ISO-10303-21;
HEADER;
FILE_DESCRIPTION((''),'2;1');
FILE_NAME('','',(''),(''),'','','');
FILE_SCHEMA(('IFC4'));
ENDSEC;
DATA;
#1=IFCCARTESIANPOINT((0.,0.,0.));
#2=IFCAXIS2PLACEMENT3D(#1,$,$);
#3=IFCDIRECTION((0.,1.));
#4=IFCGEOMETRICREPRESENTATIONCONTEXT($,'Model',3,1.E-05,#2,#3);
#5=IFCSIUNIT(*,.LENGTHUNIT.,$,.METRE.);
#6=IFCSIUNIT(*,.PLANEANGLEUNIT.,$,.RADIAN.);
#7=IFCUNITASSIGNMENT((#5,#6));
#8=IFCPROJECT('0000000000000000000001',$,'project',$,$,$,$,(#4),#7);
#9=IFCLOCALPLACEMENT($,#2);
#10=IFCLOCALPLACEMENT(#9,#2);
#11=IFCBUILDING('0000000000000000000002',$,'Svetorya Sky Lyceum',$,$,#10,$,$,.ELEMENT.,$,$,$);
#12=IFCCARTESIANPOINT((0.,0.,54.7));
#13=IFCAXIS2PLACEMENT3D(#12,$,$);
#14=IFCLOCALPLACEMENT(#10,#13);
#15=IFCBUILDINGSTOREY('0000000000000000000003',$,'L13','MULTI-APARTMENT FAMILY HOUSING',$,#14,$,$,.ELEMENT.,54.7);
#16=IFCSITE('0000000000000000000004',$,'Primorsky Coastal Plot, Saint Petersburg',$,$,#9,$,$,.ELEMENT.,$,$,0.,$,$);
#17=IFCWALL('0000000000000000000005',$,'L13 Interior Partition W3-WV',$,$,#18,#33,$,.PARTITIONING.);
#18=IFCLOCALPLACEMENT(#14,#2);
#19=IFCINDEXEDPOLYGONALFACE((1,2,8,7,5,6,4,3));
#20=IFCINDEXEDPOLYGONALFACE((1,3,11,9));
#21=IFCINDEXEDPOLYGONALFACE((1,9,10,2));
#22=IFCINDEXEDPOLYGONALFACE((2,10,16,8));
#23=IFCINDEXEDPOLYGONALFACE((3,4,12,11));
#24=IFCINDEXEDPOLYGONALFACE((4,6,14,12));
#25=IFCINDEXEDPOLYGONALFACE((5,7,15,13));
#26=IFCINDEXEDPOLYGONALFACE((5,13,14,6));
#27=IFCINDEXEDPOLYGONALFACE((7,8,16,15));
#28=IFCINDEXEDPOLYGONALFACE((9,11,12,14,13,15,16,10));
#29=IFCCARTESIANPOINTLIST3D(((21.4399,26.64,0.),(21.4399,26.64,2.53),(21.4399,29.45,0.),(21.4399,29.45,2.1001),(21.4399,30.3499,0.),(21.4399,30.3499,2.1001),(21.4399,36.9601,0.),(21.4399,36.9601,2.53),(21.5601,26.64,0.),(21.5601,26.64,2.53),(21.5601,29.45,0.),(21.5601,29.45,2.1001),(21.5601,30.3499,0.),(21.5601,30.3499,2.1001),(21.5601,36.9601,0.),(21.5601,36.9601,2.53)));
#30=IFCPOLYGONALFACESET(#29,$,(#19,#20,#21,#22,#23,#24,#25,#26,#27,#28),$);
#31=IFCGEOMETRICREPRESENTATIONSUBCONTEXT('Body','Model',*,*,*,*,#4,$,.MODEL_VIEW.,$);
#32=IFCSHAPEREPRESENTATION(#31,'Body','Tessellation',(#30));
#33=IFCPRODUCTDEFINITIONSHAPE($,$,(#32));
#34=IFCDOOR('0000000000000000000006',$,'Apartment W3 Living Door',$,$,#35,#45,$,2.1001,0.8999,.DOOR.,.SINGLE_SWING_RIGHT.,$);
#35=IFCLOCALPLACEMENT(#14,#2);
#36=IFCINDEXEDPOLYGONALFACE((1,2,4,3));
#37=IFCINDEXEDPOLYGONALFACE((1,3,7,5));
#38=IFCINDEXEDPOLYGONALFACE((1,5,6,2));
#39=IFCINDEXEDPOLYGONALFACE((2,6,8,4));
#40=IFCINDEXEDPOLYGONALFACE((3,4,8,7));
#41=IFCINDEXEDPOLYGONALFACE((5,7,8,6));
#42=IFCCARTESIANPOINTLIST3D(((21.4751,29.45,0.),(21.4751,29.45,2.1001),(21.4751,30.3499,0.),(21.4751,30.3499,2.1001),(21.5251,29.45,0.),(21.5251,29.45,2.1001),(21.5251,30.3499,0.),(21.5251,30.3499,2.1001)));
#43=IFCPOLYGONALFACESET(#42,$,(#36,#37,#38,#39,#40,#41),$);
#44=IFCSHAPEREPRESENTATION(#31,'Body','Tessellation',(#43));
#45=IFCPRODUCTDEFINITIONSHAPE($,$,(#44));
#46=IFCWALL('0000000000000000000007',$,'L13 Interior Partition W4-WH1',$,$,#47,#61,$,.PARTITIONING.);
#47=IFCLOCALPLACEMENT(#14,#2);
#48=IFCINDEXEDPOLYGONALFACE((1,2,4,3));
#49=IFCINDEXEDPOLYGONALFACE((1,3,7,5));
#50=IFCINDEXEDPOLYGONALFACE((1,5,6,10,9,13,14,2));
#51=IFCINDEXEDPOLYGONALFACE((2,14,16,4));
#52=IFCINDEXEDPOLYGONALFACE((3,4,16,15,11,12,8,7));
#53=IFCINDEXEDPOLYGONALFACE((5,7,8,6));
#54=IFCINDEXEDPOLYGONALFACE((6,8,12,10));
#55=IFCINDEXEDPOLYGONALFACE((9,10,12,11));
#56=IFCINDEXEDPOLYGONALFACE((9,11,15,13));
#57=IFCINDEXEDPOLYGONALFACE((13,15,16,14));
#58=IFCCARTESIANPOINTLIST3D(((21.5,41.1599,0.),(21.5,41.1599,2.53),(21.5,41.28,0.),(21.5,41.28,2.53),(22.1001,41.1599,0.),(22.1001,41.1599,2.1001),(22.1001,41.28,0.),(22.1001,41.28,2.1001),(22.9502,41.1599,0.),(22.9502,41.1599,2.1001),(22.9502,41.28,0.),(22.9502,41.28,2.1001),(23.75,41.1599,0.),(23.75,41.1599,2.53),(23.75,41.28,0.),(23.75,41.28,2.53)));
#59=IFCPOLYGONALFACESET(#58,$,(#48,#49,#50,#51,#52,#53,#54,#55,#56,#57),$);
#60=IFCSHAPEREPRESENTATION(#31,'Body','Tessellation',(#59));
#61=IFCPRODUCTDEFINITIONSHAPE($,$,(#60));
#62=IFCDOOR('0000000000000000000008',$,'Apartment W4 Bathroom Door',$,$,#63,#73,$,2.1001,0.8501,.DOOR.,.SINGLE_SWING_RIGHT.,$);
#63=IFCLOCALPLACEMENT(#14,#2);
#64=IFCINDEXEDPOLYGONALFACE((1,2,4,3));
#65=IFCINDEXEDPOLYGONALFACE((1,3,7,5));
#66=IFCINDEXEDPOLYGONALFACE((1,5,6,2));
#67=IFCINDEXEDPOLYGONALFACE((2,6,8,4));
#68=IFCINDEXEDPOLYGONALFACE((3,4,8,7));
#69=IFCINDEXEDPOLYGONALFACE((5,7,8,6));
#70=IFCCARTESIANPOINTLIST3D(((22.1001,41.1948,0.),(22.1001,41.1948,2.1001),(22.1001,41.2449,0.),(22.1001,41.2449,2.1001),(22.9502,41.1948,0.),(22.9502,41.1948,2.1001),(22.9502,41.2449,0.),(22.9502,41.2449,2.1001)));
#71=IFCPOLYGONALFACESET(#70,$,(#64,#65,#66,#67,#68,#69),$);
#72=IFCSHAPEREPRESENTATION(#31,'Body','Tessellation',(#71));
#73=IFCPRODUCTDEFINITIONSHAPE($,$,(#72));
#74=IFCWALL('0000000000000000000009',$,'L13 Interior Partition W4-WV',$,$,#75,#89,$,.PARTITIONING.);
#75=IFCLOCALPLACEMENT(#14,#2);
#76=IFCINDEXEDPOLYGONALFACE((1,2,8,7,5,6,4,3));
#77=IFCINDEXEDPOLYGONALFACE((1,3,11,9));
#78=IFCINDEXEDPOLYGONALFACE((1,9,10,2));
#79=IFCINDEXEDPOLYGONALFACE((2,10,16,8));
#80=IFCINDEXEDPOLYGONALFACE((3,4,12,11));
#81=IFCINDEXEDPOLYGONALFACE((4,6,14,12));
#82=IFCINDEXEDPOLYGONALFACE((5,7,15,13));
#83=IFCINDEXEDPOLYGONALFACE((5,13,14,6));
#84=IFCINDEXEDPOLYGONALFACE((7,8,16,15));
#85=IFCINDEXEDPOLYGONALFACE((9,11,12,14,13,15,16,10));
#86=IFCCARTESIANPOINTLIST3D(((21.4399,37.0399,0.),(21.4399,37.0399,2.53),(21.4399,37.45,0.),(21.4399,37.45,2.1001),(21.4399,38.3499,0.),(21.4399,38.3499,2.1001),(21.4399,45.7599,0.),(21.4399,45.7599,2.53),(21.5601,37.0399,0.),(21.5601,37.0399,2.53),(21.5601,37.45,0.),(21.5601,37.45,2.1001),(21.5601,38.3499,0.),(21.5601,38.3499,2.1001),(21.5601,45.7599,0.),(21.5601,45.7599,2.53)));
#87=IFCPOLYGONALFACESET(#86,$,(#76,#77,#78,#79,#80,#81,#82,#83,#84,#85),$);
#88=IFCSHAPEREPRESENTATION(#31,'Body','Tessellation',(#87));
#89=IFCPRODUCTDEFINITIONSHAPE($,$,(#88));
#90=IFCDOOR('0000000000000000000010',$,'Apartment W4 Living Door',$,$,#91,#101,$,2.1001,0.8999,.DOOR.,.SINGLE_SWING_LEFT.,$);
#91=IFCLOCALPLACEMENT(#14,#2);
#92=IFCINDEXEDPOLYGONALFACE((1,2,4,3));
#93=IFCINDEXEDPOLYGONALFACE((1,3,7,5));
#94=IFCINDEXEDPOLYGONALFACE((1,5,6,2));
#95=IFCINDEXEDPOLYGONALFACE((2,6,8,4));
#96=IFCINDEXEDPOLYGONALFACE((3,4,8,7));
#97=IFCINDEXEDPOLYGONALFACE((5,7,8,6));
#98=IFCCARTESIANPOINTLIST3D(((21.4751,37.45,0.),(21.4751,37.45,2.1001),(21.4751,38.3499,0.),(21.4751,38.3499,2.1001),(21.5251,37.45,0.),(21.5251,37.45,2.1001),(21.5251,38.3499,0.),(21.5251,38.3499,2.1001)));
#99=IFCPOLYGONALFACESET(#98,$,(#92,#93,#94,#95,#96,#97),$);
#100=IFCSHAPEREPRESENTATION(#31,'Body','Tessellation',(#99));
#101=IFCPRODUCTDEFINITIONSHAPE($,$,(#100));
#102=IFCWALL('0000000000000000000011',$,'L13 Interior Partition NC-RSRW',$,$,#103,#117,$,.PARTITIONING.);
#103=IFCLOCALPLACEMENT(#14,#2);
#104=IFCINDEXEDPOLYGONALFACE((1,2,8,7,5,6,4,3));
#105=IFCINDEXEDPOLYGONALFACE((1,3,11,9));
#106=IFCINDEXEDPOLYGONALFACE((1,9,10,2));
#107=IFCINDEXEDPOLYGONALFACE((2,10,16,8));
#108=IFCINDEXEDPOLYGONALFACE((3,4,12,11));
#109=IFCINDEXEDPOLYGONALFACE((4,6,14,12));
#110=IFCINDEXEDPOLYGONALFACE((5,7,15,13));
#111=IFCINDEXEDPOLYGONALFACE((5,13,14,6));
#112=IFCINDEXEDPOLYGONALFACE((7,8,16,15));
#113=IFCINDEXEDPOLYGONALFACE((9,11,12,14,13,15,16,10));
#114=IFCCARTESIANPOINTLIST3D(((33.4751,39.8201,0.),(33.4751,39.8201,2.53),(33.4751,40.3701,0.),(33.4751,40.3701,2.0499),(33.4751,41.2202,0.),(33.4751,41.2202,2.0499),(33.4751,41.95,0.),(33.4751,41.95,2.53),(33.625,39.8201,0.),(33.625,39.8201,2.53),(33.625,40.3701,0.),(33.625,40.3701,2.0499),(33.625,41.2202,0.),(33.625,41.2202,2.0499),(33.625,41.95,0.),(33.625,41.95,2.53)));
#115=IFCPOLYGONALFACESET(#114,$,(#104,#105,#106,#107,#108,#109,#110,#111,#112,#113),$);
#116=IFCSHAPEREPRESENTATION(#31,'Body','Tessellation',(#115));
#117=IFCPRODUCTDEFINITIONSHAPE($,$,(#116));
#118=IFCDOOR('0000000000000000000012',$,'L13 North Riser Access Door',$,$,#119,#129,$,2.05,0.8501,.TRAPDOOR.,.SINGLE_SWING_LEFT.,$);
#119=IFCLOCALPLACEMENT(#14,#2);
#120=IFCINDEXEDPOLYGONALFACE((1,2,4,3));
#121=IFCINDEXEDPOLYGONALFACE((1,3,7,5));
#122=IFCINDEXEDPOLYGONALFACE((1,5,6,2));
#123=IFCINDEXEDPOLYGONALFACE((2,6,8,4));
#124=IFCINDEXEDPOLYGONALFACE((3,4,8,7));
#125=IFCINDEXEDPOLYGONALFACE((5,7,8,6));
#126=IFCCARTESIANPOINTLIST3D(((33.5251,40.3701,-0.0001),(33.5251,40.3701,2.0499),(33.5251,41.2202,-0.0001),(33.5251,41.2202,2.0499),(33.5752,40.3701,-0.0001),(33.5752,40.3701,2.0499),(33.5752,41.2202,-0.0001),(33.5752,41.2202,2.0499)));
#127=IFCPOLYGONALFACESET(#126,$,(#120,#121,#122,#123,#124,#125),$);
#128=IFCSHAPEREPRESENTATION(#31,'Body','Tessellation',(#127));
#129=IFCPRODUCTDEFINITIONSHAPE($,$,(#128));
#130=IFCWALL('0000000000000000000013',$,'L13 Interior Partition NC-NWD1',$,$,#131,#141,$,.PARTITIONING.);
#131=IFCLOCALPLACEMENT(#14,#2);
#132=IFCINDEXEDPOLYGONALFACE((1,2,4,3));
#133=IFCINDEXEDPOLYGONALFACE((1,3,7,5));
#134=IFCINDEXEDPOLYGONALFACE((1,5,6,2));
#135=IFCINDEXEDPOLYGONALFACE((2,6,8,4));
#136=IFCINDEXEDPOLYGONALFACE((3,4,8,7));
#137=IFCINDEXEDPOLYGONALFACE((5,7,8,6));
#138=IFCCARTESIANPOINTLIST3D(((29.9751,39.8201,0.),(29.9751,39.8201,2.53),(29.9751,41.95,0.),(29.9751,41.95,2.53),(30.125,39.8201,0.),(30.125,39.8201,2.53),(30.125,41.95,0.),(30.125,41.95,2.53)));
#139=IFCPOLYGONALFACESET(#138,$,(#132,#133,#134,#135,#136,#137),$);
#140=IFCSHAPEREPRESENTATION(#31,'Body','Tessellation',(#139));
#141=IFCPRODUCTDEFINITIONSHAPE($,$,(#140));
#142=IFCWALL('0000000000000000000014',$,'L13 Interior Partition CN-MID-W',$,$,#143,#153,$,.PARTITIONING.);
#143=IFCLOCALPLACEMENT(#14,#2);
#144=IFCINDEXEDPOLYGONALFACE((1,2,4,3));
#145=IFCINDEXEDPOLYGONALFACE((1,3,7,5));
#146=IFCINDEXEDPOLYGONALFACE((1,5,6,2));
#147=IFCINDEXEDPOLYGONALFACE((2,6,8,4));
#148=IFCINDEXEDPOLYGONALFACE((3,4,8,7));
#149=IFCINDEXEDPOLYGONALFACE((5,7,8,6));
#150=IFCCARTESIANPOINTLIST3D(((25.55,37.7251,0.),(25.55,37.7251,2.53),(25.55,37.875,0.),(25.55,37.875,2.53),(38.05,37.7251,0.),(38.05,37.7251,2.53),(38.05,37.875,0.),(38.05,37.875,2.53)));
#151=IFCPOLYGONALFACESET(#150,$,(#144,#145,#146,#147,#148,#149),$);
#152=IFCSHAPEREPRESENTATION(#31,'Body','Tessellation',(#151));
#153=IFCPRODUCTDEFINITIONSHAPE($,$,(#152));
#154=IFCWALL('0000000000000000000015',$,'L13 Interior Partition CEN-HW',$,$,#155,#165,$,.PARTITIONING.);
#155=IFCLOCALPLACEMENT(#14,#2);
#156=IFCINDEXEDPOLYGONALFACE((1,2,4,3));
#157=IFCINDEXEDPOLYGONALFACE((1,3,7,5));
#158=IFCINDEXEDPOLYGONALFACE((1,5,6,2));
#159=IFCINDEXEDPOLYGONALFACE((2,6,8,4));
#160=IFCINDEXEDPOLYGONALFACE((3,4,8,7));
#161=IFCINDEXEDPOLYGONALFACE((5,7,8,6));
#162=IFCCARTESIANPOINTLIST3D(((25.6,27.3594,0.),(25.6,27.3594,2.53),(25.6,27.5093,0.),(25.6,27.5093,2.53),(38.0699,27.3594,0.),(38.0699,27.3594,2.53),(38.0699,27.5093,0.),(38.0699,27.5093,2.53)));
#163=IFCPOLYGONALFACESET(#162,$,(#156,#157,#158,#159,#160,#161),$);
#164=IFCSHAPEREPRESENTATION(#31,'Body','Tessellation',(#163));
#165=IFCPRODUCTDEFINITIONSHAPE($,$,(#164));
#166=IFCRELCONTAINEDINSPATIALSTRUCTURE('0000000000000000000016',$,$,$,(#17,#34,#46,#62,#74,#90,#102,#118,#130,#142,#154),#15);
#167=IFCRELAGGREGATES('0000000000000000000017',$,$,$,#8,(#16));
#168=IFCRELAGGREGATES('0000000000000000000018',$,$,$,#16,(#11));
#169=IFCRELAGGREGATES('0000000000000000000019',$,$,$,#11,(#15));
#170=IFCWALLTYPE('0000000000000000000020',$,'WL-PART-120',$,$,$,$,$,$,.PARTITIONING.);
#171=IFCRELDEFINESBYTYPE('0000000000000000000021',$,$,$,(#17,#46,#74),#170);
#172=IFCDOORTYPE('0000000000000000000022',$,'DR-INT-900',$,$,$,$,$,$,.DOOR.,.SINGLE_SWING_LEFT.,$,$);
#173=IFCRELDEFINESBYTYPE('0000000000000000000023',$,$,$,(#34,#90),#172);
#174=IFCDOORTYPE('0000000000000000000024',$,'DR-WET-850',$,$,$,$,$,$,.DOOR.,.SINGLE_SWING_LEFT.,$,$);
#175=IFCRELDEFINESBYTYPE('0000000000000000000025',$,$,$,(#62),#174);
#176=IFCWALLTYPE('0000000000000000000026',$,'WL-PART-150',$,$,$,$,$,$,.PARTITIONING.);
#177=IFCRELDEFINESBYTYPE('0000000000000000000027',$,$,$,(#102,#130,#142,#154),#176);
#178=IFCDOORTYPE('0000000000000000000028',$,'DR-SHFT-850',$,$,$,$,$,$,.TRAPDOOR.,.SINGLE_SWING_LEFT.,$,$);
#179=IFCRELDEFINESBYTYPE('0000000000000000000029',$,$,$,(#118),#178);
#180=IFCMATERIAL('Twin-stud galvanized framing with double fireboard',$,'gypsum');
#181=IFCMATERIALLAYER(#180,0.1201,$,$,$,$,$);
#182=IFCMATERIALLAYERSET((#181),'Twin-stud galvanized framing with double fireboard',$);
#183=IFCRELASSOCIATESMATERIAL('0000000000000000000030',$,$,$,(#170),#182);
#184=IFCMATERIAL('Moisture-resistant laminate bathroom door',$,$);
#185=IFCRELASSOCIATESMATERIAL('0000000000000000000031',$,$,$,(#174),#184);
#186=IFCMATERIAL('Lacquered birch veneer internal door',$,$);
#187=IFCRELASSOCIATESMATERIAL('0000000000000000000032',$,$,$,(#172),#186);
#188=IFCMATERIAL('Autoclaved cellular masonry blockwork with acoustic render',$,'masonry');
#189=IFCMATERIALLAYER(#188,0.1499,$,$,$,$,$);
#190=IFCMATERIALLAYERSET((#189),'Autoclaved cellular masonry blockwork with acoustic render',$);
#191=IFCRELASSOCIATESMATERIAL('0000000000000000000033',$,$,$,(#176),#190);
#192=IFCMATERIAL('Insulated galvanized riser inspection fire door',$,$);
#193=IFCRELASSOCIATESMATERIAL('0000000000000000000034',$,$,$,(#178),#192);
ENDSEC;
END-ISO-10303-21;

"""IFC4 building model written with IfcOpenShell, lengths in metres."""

from ifc_helpers import new_model, si_unit, direction, frame, frame_2d, origin, place, context, subcontext, project, spatial, rectangle, extrude, material, layer, layer_set, type_object, element, fill, save


model = new_model("IFC4")

# Units and contexts
model_context = context("Model", 3, precision=1e-05, world=origin(), true_north=direction((0.0, 1.0)))
body_context = subcontext(model_context, "Body", "Model", "MODEL_VIEW")
ifc_project = project(units=[si_unit("LENGTHUNIT", "METRE"), si_unit("PLANEANGLEUNIT", "RADIAN")], contexts=[model_context])

# Site, building, storey
site_placement = place(None, origin())
site = spatial("IfcSite", under=ifc_project, at=site_placement, Name="Primorsky Coastal Plot, Saint Petersburg", CompositionType="ELEMENT", RefElevation=0.0)
building_placement = place(site_placement, origin())
building = spatial("IfcBuilding", under=site, at=building_placement, Name="Svetorya Sky Lyceum", CompositionType="ELEMENT")
storey_placement = place(building_placement, frame((0.0, 0.0, 54.7)))
storey = spatial("IfcBuildingStorey", under=building, at=storey_placement, Name="L13", Description="MULTI-APARTMENT FAMILY HOUSING", CompositionType="ELEMENT", Elevation=54.7)

# Walls, openings, doors
ifc_material_1 = material(Name="Twin-stud galvanized framing with double fireboard", Category="gypsum")
ifc_layer_1 = layer(ifc_material_1, 0.1201)
ifc_layer_set_1 = layer_set([ifc_layer_1], Name="Twin-stud galvanized framing with double fireboard")
wall_type_1 = type_object("IfcWallType", Name="WL-PART-120", PredefinedType="PARTITIONING", material=ifc_layer_set_1)
ifc_material_2 = material(Name="Moisture-resistant laminate bathroom door")
door_type_1 = type_object("IfcDoorType", Name="DR-WET-850", OperationType="SINGLE_SWING_LEFT", PredefinedType="DOOR", material=ifc_material_2)
wall_1_placement = place(storey_placement, frame((21.5, 26.6399, 0.0), z_axis=(0.0, 0.0, 1.0), x_axis=(0.0, 1.0, 0.0)))
wall_1 = element("IfcWall", 1, at=wall_1_placement, inside=storey, type_object=wall_type_1, Name="L13 Interior Partition W3-WV", PredefinedType="PARTITIONING", context=body_context, shape_type="SweptSolid", body=[
    extrude(rectangle(XDim=10.3201, YDim=0.1201, at=frame_2d((5.1602, 0.0))), origin(), (0.0, 0.0, 1.0), 2.53),
])
opening_1_placement = place(wall_1_placement, frame((2.8101, 0.0, 0.0)))
opening_1 = element("IfcOpeningElement", 2, at=opening_1_placement, cuts=wall_1, PredefinedType="OPENING", context=body_context, shape_type="SweptSolid", body=[
    extrude(rectangle(XDim=0.8999, YDim=2.1001, at=frame_2d((0.45, 1.05))), frame((0.0, 0.0701, 0.0), z_axis=(0.0, -1.0, 0.0), x_axis=(1.0, 0.0, 0.0)), (0.0, 0.0, 1.0), 0.1401),
])
ifc_material_3 = material(Name="Lacquered birch veneer internal door")
door_type_2 = type_object("IfcDoorType", Name="DR-INT-900", OperationType="SINGLE_SWING_LEFT", PredefinedType="DOOR", material=ifc_material_3)
door_1_placement = place(opening_1_placement, origin())
door_1 = element("IfcDoor", 3, at=door_1_placement, inside=storey, type_object=door_type_2, Name="Apartment W3 Living Door", OperationType="SINGLE_SWING_RIGHT", OverallHeight=2.1001, OverallWidth=0.8999, PredefinedType="DOOR", context=body_context, shape_type="SweptSolid", body=[
    extrude(rectangle(XDim=0.8999, YDim=2.1001, at=frame_2d((0.45, 1.05))), frame((0.0, 0.0249, 0.0), z_axis=(0.0, -1.0, 0.0), x_axis=(1.0, 0.0, 0.0)), (0.0, 0.0, 1.0), 0.05),
])
fill(opening_1, door_1)
wall_2_placement = place(storey_placement, frame((21.5, 41.22, 0.0), z_axis=(0.0, 0.0, 1.0), x_axis=(1.0, 0.0, 0.0)))
wall_2 = element("IfcWall", 4, at=wall_2_placement, inside=storey, type_object=wall_type_1, Name="L13 Interior Partition W4-WH1", PredefinedType="PARTITIONING", context=body_context, shape_type="SweptSolid", body=[
    extrude(rectangle(XDim=2.25, YDim=0.1201, at=frame_2d((1.125, 0.0))), origin(), (0.0, 0.0, 1.0), 2.53),
])
opening_2_placement = place(wall_2_placement, frame((0.6001, 0.0, 0.0)))
opening_2 = element("IfcOpeningElement", 5, at=opening_2_placement, cuts=wall_2, PredefinedType="OPENING", context=body_context, shape_type="SweptSolid", body=[
    extrude(rectangle(XDim=0.8501, YDim=2.1001, at=frame_2d((0.425, 1.05))), frame((0.0, 0.0701, 0.0), z_axis=(0.0, -1.0, 0.0), x_axis=(1.0, 0.0, 0.0)), (0.0, 0.0, 1.0), 0.1401),
])
door_2_placement = place(opening_2_placement, origin())
door_2 = element("IfcDoor", 6, at=door_2_placement, inside=storey, type_object=door_type_1, Name="Apartment W4 Bathroom Door", OperationType="SINGLE_SWING_RIGHT", OverallHeight=2.1001, OverallWidth=0.8501, PredefinedType="DOOR", context=body_context, shape_type="SweptSolid", body=[
    extrude(rectangle(XDim=0.8501, YDim=2.1001, at=frame_2d((0.425, 1.05))), frame((0.0, 0.0249, 0.0), z_axis=(0.0, -1.0, 0.0), x_axis=(1.0, 0.0, 0.0)), (0.0, 0.0, 1.0), 0.05),
])
fill(opening_2, door_2)
wall_3_placement = place(storey_placement, frame((21.5, 37.04, 0.0), z_axis=(0.0, 0.0, 1.0), x_axis=(0.0, 1.0, 0.0)))
wall_3 = element("IfcWall", 7, at=wall_3_placement, inside=storey, type_object=wall_type_1, Name="L13 Interior Partition W4-WV", PredefinedType="PARTITIONING", context=body_context, shape_type="SweptSolid", body=[
    extrude(rectangle(XDim=8.72, YDim=0.1201, at=frame_2d((4.3599, 0.0))), origin(), (0.0, 0.0, 1.0), 2.53),
])
opening_3_placement = place(wall_3_placement, frame((0.4099, 0.0, 0.0)))
opening_3 = element("IfcOpeningElement", 8, at=opening_3_placement, cuts=wall_3, PredefinedType="OPENING", context=body_context, shape_type="SweptSolid", body=[
    extrude(rectangle(XDim=0.8999, YDim=2.1001, at=frame_2d((0.45, 1.05))), frame((0.0, 0.0701, 0.0), z_axis=(0.0, -1.0, 0.0), x_axis=(1.0, 0.0, 0.0)), (0.0, 0.0, 1.0), 0.1401),
])
door_3_placement = place(opening_3_placement, origin())
door_3 = element("IfcDoor", 9, at=door_3_placement, inside=storey, type_object=door_type_2, Name="Apartment W4 Living Door", OperationType="SINGLE_SWING_LEFT", OverallHeight=2.1001, OverallWidth=0.8999, PredefinedType="DOOR", context=body_context, shape_type="SweptSolid", body=[
    extrude(rectangle(XDim=0.8999, YDim=2.1001, at=frame_2d((0.45, 1.05))), frame((0.0, 0.0249, 0.0), z_axis=(0.0, -1.0, 0.0), x_axis=(1.0, 0.0, 0.0)), (0.0, 0.0, 1.0), 0.05),
])
fill(opening_3, door_3)
ifc_material_4 = material(Name="Autoclaved cellular masonry blockwork with acoustic render", Category="masonry")
ifc_layer_2 = layer(ifc_material_4, 0.1499)
ifc_layer_set_2 = layer_set([ifc_layer_2], Name="Autoclaved cellular masonry blockwork with acoustic render")
wall_type_2 = type_object("IfcWallType", Name="WL-PART-150", PredefinedType="PARTITIONING", material=ifc_layer_set_2)
wall_4_placement = place(storey_placement, frame((33.55, 39.8201, 0.0), z_axis=(0.0, 0.0, 1.0), x_axis=(0.0, 1.0, 0.0)))
wall_4 = element("IfcWall", 10, at=wall_4_placement, inside=storey, type_object=wall_type_2, Name="L13 Interior Partition NC-RSRW", PredefinedType="PARTITIONING", context=body_context, shape_type="SweptSolid", body=[
    extrude(rectangle(XDim=2.1299, YDim=0.1499, at=frame_2d((1.0649, 0.0))), origin(), (0.0, 0.0, 1.0), 2.53),
])
opening_4_placement = place(wall_4_placement, frame((0.55, 0.0, 0.0)))
opening_4 = element("IfcOpeningElement", 11, at=opening_4_placement, cuts=wall_4, PredefinedType="OPENING", context=body_context, shape_type="SweptSolid", body=[
    extrude(rectangle(XDim=0.8501, YDim=2.05, at=frame_2d((0.425, 1.0249))), frame((0.0, 0.085, 0.0), z_axis=(0.0, -1.0, 0.0), x_axis=(1.0, 0.0, 0.0)), (0.0, 0.0, 1.0), 0.1699),
])
ifc_material_5 = material(Name="Insulated galvanized riser inspection fire door")
door_type_3 = type_object("IfcDoorType", Name="DR-SHFT-850", OperationType="SINGLE_SWING_LEFT", PredefinedType="TRAPDOOR", material=ifc_material_5)
door_4_placement = place(opening_4_placement, origin())
door_4 = element("IfcDoor", 12, at=door_4_placement, inside=storey, type_object=door_type_3, Name="L13 North Riser Access Door", OperationType="SINGLE_SWING_LEFT", OverallHeight=2.05, OverallWidth=0.8501, PredefinedType="TRAPDOOR", context=body_context, shape_type="SweptSolid", body=[
    extrude(rectangle(XDim=0.8501, YDim=2.05, at=frame_2d((0.425, 1.0249))), frame((0.0, 0.0249, 0.0), z_axis=(0.0, -1.0, 0.0), x_axis=(1.0, 0.0, 0.0)), (0.0, 0.0, 1.0), 0.05),
])
fill(opening_4, door_4)

# Walls
wall_5_placement = place(storey_placement, frame((30.05, 39.8201, 0.0), z_axis=(0.0, 0.0, 1.0), x_axis=(0.0, 1.0, 0.0)))
element("IfcWall", 13, at=wall_5_placement, inside=storey, type_object=wall_type_2, Name="L13 Interior Partition NC-NWD1", PredefinedType="PARTITIONING", context=body_context, shape_type="SweptSolid", body=[
    extrude(rectangle(XDim=2.1299, YDim=0.1499, at=frame_2d((1.0649, 0.0))), origin(), (0.0, 0.0, 1.0), 2.53),
])
wall_6_placement = place(storey_placement, frame((25.55, 37.8, 0.0), z_axis=(0.0, 0.0, 1.0), x_axis=(1.0, 0.0, 0.0)))
element("IfcWall", 14, at=wall_6_placement, inside=storey, type_object=wall_type_2, Name="L13 Interior Partition CN-MID-W", PredefinedType="PARTITIONING", context=body_context, shape_type="SweptSolid", body=[
    extrude(rectangle(XDim=12.5, YDim=0.1499, at=frame_2d((6.25, 0.0))), origin(), (0.0, 0.0, 1.0), 2.53),
])
wall_7_placement = place(storey_placement, frame((25.6001, 27.4343, 0.0), z_axis=(0.0, 0.0, 1.0), x_axis=(1.0, 0.0, 0.0)))
element("IfcWall", 15, at=wall_7_placement, inside=storey, type_object=wall_type_2, Name="L13 Interior Partition CEN-HW", PredefinedType="PARTITIONING", context=body_context, shape_type="SweptSolid", body=[
    extrude(rectangle(XDim=12.47, YDim=0.1499, at=frame_2d((6.2349, 0.0))), origin(), (0.0, 0.0, 1.0), 2.53),
])

save(model, "model.ifc")
